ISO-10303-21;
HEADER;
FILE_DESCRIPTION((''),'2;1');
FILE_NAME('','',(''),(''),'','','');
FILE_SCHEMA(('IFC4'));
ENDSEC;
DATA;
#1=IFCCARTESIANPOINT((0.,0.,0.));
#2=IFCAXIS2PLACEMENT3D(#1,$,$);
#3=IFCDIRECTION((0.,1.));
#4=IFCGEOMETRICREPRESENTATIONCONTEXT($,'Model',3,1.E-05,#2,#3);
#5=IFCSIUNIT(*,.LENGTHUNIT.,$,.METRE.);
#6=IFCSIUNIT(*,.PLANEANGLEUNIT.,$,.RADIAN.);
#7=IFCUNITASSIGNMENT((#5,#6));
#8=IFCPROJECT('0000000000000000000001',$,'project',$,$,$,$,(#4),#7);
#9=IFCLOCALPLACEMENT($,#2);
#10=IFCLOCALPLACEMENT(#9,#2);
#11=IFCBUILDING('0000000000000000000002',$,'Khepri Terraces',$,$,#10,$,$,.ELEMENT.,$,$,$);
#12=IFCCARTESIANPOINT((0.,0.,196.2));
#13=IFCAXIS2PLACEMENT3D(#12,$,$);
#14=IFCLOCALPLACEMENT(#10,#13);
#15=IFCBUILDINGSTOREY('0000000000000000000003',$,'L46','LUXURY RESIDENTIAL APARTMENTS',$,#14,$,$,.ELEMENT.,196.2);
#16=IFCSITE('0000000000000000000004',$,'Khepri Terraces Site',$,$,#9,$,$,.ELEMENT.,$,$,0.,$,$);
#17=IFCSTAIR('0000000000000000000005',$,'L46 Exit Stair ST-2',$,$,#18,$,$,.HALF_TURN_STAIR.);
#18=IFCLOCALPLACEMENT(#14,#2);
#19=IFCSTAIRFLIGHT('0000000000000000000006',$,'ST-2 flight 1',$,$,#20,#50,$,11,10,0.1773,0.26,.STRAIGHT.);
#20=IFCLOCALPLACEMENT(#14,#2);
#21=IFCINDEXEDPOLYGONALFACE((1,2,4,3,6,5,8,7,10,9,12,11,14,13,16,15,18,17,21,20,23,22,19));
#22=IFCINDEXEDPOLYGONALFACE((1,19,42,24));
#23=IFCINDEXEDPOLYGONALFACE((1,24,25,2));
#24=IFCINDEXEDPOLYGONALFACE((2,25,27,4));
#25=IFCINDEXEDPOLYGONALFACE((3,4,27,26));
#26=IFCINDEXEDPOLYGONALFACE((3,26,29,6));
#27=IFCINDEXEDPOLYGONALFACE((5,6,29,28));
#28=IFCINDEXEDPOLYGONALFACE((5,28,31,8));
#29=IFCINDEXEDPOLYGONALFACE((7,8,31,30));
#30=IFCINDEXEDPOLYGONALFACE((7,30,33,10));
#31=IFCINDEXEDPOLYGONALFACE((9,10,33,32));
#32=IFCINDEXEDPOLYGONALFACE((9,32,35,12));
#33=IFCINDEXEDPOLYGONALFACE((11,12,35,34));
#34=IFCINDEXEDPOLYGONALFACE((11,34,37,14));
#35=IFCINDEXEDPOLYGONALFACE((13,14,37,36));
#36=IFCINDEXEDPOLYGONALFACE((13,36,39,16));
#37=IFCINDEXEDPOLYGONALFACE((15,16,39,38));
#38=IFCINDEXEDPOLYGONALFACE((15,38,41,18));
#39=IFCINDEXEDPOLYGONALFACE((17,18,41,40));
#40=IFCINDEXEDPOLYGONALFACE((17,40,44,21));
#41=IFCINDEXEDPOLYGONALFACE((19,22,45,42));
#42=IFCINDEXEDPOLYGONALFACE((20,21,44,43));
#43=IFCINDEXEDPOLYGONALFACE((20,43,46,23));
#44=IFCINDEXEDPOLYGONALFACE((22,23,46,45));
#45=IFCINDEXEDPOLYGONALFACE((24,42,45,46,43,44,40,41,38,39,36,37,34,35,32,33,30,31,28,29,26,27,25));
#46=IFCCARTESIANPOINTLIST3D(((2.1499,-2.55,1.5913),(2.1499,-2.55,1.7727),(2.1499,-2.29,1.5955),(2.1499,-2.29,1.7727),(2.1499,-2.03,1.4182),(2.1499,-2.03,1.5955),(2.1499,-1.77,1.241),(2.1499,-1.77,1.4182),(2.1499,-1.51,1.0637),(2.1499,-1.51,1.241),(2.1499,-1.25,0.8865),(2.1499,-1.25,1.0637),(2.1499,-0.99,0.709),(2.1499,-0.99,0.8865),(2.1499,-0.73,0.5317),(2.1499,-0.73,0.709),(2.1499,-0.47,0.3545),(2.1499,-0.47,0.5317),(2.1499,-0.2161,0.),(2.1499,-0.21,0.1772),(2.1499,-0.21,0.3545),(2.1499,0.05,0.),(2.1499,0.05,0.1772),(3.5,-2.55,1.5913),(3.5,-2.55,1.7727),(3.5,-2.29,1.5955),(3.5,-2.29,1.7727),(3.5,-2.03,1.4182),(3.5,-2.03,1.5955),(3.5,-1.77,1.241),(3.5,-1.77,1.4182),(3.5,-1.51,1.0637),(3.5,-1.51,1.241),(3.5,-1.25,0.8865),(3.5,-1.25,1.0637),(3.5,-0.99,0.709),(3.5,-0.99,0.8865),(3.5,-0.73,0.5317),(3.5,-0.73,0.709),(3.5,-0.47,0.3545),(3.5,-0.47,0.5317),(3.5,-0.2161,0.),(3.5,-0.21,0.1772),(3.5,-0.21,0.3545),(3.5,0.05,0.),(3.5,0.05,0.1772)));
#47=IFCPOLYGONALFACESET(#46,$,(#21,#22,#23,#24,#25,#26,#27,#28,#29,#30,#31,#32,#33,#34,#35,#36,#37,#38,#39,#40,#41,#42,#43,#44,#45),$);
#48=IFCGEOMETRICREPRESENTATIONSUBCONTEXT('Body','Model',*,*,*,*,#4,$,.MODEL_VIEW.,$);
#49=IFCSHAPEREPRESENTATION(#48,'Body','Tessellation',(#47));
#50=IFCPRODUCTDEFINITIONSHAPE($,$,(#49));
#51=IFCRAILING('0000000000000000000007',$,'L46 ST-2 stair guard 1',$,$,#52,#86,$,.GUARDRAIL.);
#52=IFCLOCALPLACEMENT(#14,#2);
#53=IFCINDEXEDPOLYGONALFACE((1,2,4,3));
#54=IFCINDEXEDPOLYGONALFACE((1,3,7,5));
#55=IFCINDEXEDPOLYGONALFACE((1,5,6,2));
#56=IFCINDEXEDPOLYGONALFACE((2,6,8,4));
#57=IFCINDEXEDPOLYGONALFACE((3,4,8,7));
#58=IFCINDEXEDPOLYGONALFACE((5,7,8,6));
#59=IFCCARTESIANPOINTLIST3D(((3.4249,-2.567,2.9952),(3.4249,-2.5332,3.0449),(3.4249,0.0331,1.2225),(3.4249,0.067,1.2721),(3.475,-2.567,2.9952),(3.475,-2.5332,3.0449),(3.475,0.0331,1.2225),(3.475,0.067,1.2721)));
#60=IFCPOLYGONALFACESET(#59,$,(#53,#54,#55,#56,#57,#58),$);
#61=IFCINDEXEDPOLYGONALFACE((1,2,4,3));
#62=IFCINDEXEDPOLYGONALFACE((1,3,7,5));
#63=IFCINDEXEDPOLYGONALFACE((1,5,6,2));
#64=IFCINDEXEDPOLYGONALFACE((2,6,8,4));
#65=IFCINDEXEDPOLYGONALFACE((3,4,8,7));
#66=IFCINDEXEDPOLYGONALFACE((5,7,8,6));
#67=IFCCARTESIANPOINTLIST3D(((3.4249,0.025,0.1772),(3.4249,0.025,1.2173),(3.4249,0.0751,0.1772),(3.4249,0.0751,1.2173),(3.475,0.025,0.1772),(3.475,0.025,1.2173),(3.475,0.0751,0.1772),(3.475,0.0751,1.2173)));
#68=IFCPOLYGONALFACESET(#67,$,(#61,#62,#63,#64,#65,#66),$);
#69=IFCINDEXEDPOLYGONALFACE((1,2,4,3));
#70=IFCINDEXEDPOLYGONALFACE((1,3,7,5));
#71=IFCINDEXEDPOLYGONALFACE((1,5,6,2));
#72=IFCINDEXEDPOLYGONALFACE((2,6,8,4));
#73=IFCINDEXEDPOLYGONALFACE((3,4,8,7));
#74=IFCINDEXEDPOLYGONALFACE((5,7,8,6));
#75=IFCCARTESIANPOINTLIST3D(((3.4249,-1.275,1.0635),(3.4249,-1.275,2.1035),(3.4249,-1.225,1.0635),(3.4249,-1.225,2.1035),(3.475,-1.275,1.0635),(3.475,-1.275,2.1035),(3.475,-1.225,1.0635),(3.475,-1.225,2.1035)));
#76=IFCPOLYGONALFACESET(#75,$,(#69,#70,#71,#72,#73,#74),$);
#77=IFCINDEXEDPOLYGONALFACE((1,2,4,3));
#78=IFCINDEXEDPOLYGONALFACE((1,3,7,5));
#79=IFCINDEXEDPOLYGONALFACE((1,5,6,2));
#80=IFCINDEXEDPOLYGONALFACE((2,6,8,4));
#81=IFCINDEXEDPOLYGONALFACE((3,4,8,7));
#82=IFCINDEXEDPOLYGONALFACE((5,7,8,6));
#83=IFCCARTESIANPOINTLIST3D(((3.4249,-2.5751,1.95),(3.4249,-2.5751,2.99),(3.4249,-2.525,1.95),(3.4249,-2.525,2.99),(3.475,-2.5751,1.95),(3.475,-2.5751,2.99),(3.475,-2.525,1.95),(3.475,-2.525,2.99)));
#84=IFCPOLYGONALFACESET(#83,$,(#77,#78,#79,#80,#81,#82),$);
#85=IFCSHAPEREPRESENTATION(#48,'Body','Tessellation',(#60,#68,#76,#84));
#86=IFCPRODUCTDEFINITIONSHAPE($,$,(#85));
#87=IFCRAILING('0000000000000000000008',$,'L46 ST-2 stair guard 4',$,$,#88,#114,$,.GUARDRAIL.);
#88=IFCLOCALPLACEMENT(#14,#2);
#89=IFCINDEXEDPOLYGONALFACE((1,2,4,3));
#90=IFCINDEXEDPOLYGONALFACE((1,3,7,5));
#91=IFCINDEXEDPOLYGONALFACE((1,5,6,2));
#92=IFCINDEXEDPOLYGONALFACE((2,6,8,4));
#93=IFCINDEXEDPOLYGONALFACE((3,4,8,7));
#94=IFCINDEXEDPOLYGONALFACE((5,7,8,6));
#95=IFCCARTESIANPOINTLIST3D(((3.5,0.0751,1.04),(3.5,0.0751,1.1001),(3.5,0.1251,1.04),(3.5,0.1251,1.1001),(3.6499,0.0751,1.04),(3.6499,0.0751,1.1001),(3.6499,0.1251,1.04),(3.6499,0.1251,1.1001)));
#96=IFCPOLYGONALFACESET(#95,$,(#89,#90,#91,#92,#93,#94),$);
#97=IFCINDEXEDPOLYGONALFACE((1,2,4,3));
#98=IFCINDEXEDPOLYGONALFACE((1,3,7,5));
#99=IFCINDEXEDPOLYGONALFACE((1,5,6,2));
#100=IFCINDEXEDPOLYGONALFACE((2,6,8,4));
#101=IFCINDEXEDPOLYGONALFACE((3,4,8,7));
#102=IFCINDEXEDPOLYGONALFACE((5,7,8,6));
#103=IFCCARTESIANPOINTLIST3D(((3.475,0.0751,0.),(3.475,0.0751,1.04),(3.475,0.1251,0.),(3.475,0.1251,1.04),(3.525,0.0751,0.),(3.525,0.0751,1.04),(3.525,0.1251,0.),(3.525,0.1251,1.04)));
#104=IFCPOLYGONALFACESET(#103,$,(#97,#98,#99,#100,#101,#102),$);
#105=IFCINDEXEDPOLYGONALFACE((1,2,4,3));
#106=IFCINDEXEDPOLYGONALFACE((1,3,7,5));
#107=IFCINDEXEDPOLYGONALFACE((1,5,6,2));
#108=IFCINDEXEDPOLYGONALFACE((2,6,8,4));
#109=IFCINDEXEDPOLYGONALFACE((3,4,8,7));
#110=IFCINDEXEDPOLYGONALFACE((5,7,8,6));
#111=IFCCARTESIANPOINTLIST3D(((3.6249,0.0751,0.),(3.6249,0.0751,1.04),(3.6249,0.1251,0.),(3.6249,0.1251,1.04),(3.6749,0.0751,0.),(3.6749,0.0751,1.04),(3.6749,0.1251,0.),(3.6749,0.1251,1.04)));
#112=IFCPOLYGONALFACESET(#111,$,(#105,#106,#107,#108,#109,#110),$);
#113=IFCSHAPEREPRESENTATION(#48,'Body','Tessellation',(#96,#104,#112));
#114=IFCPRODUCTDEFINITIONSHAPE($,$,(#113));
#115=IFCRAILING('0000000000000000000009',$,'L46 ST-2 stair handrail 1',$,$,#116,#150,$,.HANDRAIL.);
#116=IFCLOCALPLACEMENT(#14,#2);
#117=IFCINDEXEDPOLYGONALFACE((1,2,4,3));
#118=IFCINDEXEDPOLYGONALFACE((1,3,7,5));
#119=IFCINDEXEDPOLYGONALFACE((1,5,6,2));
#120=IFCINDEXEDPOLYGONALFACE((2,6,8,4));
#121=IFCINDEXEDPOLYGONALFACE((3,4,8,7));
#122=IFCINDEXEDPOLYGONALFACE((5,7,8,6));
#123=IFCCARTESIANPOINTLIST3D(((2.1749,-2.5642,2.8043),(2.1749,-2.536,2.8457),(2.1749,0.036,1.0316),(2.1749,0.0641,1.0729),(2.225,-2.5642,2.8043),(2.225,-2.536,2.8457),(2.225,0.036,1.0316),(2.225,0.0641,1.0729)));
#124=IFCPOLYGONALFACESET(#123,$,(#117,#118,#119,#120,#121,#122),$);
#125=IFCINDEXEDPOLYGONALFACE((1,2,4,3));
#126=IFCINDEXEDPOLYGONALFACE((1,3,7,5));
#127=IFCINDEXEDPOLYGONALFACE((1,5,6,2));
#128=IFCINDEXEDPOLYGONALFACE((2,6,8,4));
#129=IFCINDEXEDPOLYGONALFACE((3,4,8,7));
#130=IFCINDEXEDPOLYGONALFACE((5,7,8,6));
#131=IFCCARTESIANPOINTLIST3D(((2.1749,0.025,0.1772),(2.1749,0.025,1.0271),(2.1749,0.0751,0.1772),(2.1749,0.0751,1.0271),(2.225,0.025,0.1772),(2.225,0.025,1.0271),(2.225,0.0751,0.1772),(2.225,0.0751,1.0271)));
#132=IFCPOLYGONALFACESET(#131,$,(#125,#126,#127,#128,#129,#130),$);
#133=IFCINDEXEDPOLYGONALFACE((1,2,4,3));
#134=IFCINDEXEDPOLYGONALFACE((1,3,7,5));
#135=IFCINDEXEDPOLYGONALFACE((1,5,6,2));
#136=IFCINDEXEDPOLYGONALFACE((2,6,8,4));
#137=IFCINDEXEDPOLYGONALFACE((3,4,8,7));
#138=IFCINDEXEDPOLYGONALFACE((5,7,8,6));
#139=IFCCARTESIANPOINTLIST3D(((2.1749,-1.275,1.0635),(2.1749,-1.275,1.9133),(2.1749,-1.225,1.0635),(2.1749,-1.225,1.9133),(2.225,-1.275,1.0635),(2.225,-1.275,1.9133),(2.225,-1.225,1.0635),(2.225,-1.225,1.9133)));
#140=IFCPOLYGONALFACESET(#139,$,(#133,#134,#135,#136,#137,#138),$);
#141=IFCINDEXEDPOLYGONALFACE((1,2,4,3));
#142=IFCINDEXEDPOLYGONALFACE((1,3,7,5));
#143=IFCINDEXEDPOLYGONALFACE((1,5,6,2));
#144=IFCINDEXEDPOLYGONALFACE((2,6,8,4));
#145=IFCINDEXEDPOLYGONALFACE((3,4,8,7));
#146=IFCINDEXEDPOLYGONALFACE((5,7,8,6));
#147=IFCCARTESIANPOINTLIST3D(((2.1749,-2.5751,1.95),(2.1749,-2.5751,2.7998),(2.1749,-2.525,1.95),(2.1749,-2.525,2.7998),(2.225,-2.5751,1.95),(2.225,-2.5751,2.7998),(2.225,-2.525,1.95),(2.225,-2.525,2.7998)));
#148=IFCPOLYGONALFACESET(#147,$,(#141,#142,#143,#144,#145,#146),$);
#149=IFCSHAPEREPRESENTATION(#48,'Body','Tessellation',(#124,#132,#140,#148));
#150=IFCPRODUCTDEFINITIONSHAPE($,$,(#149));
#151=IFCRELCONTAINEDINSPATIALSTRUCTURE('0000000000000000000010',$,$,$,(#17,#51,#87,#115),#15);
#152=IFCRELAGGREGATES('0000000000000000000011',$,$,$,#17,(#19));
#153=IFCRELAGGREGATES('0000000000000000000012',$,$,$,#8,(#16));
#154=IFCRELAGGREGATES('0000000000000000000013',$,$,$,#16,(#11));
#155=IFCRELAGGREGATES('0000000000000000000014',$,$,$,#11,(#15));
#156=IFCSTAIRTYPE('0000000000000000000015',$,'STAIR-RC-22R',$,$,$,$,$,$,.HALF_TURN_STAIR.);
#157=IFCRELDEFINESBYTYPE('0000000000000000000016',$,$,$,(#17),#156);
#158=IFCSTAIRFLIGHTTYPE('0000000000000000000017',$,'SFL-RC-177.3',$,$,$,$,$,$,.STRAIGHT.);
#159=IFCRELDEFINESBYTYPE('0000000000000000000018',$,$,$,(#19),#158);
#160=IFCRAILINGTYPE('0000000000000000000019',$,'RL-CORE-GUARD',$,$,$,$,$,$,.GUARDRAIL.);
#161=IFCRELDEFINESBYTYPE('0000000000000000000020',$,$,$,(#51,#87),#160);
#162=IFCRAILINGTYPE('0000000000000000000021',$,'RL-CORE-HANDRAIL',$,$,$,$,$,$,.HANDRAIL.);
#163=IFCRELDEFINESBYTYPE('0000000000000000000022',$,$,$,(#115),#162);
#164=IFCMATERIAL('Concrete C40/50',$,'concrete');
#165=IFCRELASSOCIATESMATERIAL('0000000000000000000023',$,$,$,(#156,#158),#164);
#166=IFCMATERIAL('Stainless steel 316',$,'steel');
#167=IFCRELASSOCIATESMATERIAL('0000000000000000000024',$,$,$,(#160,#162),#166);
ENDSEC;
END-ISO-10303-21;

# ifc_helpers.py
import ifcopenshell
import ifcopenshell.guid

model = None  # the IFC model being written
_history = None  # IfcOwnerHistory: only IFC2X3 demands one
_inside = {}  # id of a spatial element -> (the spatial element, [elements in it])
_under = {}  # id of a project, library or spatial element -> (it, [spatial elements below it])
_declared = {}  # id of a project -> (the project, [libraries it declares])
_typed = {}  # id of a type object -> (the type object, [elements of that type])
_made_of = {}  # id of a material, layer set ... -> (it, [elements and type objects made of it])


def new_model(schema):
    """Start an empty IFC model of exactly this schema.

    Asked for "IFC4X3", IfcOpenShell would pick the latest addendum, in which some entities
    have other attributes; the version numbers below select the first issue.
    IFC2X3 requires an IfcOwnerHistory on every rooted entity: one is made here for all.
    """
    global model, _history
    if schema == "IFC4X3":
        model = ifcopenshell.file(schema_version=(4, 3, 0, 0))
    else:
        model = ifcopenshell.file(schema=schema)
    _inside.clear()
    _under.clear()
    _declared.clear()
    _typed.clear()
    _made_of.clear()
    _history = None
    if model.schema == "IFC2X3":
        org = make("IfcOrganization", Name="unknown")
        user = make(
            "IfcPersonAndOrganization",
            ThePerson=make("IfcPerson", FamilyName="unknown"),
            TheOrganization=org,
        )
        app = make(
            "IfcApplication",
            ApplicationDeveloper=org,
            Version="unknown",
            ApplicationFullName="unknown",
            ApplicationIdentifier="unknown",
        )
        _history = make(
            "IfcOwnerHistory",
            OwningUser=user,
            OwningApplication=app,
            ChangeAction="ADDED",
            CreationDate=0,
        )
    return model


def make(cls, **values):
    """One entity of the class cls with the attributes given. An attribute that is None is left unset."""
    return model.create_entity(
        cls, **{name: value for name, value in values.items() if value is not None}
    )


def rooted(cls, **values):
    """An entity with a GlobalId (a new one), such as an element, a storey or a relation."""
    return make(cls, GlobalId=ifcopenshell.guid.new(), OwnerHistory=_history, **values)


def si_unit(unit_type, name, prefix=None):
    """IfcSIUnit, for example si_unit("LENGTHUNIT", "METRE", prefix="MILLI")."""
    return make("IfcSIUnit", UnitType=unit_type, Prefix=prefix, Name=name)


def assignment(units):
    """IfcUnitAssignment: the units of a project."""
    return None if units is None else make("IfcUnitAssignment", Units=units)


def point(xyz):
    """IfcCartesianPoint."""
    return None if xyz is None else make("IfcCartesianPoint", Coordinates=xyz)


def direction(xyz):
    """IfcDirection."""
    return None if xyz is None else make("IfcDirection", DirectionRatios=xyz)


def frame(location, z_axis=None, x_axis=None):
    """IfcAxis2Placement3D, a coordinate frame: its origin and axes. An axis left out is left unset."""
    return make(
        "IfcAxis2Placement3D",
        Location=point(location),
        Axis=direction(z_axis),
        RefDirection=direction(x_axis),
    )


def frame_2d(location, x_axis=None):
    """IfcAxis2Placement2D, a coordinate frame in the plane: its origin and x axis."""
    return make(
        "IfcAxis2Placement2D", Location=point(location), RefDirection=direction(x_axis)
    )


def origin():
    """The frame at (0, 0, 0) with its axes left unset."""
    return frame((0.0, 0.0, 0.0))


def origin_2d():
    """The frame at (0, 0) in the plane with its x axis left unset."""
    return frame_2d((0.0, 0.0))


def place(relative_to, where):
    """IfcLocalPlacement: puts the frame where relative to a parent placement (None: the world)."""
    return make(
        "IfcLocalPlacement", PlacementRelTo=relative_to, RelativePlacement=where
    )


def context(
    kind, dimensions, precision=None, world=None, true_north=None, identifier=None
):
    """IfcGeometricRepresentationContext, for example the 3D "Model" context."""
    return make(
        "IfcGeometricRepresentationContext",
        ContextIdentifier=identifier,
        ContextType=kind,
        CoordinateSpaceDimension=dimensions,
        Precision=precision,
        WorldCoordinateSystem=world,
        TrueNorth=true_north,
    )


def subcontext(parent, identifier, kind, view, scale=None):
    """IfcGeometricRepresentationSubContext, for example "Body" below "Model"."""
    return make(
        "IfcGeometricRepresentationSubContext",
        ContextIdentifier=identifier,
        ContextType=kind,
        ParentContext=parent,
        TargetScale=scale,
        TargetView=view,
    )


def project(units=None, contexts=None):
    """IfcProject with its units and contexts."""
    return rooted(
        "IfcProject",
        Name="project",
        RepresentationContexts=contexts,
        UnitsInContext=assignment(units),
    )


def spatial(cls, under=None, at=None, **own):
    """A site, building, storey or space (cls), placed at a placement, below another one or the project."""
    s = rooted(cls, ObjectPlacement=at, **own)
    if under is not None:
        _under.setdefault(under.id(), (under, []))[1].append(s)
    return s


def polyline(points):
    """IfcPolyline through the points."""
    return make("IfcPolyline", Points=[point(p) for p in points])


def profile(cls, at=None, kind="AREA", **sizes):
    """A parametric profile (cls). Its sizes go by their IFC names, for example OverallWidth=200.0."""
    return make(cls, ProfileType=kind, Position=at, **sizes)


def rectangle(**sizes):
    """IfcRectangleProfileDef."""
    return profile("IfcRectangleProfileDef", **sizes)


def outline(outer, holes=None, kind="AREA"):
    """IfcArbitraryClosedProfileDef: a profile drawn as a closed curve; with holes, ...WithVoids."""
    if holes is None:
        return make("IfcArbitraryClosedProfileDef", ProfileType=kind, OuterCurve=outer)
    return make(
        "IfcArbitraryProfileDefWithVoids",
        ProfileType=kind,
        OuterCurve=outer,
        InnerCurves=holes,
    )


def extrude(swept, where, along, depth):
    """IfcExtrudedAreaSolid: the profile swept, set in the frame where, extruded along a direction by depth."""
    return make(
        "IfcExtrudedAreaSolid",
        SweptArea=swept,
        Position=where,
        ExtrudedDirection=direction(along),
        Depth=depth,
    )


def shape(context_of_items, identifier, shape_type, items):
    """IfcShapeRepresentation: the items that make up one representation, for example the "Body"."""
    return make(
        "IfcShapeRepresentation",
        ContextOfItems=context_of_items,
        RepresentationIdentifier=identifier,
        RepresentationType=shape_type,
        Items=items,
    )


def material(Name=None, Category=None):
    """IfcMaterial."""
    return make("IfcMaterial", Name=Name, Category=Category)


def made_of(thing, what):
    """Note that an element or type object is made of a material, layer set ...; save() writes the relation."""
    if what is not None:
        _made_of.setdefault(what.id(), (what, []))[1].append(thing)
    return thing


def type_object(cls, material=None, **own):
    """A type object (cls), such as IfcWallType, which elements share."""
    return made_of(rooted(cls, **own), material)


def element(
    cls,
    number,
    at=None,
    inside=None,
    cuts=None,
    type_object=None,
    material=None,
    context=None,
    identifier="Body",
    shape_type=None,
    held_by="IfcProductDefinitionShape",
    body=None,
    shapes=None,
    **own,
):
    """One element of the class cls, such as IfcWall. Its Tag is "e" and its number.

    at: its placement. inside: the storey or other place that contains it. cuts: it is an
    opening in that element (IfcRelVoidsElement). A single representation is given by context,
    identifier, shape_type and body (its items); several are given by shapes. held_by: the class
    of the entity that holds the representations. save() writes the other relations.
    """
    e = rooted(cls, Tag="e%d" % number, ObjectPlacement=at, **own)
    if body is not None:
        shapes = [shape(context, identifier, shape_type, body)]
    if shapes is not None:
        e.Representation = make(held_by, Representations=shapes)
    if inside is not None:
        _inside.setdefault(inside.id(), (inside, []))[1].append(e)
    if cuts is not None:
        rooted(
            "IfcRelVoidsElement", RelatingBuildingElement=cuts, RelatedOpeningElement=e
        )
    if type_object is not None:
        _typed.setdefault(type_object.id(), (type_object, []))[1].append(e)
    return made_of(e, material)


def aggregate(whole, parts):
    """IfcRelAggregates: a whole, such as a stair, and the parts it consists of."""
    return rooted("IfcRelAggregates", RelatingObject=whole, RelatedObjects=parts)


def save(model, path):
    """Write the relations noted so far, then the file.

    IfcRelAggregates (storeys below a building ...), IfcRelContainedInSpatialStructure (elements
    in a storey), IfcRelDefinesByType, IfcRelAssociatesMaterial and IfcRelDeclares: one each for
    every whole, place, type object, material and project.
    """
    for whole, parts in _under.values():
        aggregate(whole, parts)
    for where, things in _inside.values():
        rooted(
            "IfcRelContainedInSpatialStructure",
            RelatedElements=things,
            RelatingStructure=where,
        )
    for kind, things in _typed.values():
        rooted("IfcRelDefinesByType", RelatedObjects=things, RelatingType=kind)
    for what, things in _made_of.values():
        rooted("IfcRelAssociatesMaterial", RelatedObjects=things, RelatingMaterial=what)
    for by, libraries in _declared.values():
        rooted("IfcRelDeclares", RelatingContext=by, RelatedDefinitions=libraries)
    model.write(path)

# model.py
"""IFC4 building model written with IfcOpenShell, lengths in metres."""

from ifc_helpers import new_model, si_unit, direction, frame, origin, origin_2d, place, context, subcontext, project, spatial, polyline, rectangle, outline, extrude, material, type_object, element, aggregate, save


model = new_model("IFC4")

# Units and contexts
model_context = context("Model", 3, precision=1e-05, world=origin(), true_north=direction((0.0, 1.0)))
body_context = subcontext(model_context, "Body", "Model", "MODEL_VIEW")
ifc_project = project(units=[si_unit("LENGTHUNIT", "METRE"), si_unit("PLANEANGLEUNIT", "RADIAN")], contexts=[model_context])

# Site, building, storey
site_placement = place(None, origin())
site = spatial("IfcSite", under=ifc_project, at=site_placement, Name="Khepri Terraces Site", CompositionType="ELEMENT", RefElevation=0.0)
building_placement = place(site_placement, origin())
building = spatial("IfcBuilding", under=site, at=building_placement, Name="Khepri Terraces", CompositionType="ELEMENT")
storey_placement = place(building_placement, frame((0.0, 0.0, 196.2)))
storey = spatial("IfcBuildingStorey", under=building, at=storey_placement, Name="L46", Description="LUXURY RESIDENTIAL APARTMENTS", CompositionType="ELEMENT", Elevation=196.2)

# Stair
ifc_material_1 = material(Name="Concrete C40/50", Category="concrete")
stair_type = type_object("IfcStairType", Name="STAIR-RC-22R", PredefinedType="HALF_TURN_STAIR", material=ifc_material_1)
stair_1_placement = place(storey_placement, origin())
stair_1 = element("IfcStair", 1, at=stair_1_placement, inside=storey, type_object=stair_type, Name="L46 Exit Stair ST-2", PredefinedType="HALF_TURN_STAIR")

# Stair flight
stair_flight_type = type_object("IfcStairFlightType", Name="SFL-RC-177.3", PredefinedType="STRAIGHT", material=ifc_material_1)
stair_flight_placement = place(storey_placement, frame((2.825, 0.05, 0.0), z_axis=(0.0, 0.0, 1.0), x_axis=(0.0, -1.0, 0.0)))
stair_flight = element("IfcStairFlight", 2, at=stair_flight_placement, type_object=stair_flight_type, Name="ST-2 flight 1", NumberOfRisers=11, NumberOfTreads=10, PredefinedType="STRAIGHT", RiserHeight=0.1773, TreadLength=0.26, context=body_context, shape_type="SweptSolid", body=[
    extrude(outline(polyline([(0.0, 0.0), (0.0, 0.1772), (0.26, 0.1772), (0.26, 0.3545), (0.52, 0.3545), (0.52, 0.5317), (0.78, 0.5317), (0.78, 0.709), (1.04, 0.709), (1.04, 0.8865), (1.3, 0.8865), (1.3, 1.0637), (1.5601, 1.0637), (1.5601, 1.241), (1.8201, 1.241), (1.8201, 1.4182), (2.0801, 1.4182), (2.0801, 1.5955), (2.3401, 1.5955), (2.3401, 1.7727), (2.6001, 1.7727), (2.6001, 1.95), (2.6001, 1.5913), (0.2661, 0.0), (0.0, 0.0)])), frame((0.0, 0.675, 0.0), z_axis=(0.0, -1.0, 0.0), x_axis=(1.0, 0.0, 0.0)), (0.0, 0.0, 1.0), 1.3501),
])
aggregate(stair_1, [stair_flight])

# Railings
ifc_material_2 = material(Name="Stainless steel 316", Category="steel")
railing_type_1 = type_object("IfcRailingType", Name="RL-CORE-GUARD", PredefinedType="GUARDRAIL", material=ifc_material_2)
railing_1_placement = place(storey_placement, frame((3.45, 0.05, 0.1772)))
element("IfcRailing", 3, at=railing_1_placement, inside=storey, type_object=railing_type_1, Name="L46 ST-2 stair guard 1", PredefinedType="GUARDRAIL", context=body_context, shape_type="SweptSolid", body=[
    extrude(rectangle(XDim=0.05, YDim=0.0601, at=origin_2d()), frame((0.0, 0.0, 1.0701), z_axis=(0.0, -0.82624, 0.563318), x_axis=(1.0, 0.0, 0.0)), (0.0, 0.0, 1.0), 3.147),
    extrude(rectangle(XDim=0.05, YDim=0.05, at=origin_2d()), origin(), (0.0, 0.0, 1.0), 1.04),
    extrude(rectangle(XDim=0.05, YDim=0.05, at=origin_2d()), frame((0.0, -1.3, 0.8862)), (0.0, 0.0, 1.0), 1.04),
    extrude(rectangle(XDim=0.05, YDim=0.05, at=origin_2d()), frame((0.0, -2.6001, 1.7727)), (0.0, 0.0, 1.0), 1.04),
])
railing_2_placement = place(storey_placement, frame((3.5, 0.1001, 0.0)))
element("IfcRailing", 4, at=railing_2_placement, inside=storey, type_object=railing_type_1, Name="L46 ST-2 stair guard 4", PredefinedType="GUARDRAIL", context=body_context, shape_type="SweptSolid", body=[
    extrude(rectangle(XDim=0.05, YDim=0.0601, at=origin_2d()), frame((0.0, 0.0, 1.0701), z_axis=(1.0, 0.0, 0.0), x_axis=(0.0, 1.0, 0.0)), (0.0, 0.0, 1.0), 0.1499),
    extrude(rectangle(XDim=0.05, YDim=0.05, at=origin_2d()), origin(), (0.0, 0.0, 1.0), 1.04),
    extrude(rectangle(XDim=0.05, YDim=0.05, at=origin_2d()), frame((0.1499, 0.0, 0.0)), (0.0, 0.0, 1.0), 1.04),
])
railing_type_2 = type_object("IfcRailingType", Name="RL-CORE-HANDRAIL", PredefinedType="HANDRAIL", material=ifc_material_2)
railing_3_placement = place(storey_placement, frame((2.2, 0.05, 0.1772)))
element("IfcRailing", 5, at=railing_3_placement, inside=storey, type_object=railing_type_2, Name="L46 ST-2 stair handrail 1", PredefinedType="HANDRAIL", context=body_context, shape_type="SweptSolid", body=[
    extrude(rectangle(XDim=0.05, YDim=0.05, at=origin_2d()), frame((0.0, 0.0, 0.875), z_axis=(0.0, -0.82624, 0.563318), x_axis=(1.0, 0.0, 0.0)), (0.0, 0.0, 1.0), 3.147),
    extrude(rectangle(XDim=0.05, YDim=0.05, at=origin_2d()), origin(), (0.0, 0.0, 1.0), 0.8499),
    extrude(rectangle(XDim=0.05, YDim=0.05, at=origin_2d()), frame((0.0, -1.3, 0.8862)), (0.0, 0.0, 1.0), 0.8499),
    extrude(rectangle(XDim=0.05, YDim=0.05, at=origin_2d()), frame((0.0, -2.6001, 1.7727)), (0.0, 0.0, 1.0), 0.8499),
])

save(model, "model.ifc")
